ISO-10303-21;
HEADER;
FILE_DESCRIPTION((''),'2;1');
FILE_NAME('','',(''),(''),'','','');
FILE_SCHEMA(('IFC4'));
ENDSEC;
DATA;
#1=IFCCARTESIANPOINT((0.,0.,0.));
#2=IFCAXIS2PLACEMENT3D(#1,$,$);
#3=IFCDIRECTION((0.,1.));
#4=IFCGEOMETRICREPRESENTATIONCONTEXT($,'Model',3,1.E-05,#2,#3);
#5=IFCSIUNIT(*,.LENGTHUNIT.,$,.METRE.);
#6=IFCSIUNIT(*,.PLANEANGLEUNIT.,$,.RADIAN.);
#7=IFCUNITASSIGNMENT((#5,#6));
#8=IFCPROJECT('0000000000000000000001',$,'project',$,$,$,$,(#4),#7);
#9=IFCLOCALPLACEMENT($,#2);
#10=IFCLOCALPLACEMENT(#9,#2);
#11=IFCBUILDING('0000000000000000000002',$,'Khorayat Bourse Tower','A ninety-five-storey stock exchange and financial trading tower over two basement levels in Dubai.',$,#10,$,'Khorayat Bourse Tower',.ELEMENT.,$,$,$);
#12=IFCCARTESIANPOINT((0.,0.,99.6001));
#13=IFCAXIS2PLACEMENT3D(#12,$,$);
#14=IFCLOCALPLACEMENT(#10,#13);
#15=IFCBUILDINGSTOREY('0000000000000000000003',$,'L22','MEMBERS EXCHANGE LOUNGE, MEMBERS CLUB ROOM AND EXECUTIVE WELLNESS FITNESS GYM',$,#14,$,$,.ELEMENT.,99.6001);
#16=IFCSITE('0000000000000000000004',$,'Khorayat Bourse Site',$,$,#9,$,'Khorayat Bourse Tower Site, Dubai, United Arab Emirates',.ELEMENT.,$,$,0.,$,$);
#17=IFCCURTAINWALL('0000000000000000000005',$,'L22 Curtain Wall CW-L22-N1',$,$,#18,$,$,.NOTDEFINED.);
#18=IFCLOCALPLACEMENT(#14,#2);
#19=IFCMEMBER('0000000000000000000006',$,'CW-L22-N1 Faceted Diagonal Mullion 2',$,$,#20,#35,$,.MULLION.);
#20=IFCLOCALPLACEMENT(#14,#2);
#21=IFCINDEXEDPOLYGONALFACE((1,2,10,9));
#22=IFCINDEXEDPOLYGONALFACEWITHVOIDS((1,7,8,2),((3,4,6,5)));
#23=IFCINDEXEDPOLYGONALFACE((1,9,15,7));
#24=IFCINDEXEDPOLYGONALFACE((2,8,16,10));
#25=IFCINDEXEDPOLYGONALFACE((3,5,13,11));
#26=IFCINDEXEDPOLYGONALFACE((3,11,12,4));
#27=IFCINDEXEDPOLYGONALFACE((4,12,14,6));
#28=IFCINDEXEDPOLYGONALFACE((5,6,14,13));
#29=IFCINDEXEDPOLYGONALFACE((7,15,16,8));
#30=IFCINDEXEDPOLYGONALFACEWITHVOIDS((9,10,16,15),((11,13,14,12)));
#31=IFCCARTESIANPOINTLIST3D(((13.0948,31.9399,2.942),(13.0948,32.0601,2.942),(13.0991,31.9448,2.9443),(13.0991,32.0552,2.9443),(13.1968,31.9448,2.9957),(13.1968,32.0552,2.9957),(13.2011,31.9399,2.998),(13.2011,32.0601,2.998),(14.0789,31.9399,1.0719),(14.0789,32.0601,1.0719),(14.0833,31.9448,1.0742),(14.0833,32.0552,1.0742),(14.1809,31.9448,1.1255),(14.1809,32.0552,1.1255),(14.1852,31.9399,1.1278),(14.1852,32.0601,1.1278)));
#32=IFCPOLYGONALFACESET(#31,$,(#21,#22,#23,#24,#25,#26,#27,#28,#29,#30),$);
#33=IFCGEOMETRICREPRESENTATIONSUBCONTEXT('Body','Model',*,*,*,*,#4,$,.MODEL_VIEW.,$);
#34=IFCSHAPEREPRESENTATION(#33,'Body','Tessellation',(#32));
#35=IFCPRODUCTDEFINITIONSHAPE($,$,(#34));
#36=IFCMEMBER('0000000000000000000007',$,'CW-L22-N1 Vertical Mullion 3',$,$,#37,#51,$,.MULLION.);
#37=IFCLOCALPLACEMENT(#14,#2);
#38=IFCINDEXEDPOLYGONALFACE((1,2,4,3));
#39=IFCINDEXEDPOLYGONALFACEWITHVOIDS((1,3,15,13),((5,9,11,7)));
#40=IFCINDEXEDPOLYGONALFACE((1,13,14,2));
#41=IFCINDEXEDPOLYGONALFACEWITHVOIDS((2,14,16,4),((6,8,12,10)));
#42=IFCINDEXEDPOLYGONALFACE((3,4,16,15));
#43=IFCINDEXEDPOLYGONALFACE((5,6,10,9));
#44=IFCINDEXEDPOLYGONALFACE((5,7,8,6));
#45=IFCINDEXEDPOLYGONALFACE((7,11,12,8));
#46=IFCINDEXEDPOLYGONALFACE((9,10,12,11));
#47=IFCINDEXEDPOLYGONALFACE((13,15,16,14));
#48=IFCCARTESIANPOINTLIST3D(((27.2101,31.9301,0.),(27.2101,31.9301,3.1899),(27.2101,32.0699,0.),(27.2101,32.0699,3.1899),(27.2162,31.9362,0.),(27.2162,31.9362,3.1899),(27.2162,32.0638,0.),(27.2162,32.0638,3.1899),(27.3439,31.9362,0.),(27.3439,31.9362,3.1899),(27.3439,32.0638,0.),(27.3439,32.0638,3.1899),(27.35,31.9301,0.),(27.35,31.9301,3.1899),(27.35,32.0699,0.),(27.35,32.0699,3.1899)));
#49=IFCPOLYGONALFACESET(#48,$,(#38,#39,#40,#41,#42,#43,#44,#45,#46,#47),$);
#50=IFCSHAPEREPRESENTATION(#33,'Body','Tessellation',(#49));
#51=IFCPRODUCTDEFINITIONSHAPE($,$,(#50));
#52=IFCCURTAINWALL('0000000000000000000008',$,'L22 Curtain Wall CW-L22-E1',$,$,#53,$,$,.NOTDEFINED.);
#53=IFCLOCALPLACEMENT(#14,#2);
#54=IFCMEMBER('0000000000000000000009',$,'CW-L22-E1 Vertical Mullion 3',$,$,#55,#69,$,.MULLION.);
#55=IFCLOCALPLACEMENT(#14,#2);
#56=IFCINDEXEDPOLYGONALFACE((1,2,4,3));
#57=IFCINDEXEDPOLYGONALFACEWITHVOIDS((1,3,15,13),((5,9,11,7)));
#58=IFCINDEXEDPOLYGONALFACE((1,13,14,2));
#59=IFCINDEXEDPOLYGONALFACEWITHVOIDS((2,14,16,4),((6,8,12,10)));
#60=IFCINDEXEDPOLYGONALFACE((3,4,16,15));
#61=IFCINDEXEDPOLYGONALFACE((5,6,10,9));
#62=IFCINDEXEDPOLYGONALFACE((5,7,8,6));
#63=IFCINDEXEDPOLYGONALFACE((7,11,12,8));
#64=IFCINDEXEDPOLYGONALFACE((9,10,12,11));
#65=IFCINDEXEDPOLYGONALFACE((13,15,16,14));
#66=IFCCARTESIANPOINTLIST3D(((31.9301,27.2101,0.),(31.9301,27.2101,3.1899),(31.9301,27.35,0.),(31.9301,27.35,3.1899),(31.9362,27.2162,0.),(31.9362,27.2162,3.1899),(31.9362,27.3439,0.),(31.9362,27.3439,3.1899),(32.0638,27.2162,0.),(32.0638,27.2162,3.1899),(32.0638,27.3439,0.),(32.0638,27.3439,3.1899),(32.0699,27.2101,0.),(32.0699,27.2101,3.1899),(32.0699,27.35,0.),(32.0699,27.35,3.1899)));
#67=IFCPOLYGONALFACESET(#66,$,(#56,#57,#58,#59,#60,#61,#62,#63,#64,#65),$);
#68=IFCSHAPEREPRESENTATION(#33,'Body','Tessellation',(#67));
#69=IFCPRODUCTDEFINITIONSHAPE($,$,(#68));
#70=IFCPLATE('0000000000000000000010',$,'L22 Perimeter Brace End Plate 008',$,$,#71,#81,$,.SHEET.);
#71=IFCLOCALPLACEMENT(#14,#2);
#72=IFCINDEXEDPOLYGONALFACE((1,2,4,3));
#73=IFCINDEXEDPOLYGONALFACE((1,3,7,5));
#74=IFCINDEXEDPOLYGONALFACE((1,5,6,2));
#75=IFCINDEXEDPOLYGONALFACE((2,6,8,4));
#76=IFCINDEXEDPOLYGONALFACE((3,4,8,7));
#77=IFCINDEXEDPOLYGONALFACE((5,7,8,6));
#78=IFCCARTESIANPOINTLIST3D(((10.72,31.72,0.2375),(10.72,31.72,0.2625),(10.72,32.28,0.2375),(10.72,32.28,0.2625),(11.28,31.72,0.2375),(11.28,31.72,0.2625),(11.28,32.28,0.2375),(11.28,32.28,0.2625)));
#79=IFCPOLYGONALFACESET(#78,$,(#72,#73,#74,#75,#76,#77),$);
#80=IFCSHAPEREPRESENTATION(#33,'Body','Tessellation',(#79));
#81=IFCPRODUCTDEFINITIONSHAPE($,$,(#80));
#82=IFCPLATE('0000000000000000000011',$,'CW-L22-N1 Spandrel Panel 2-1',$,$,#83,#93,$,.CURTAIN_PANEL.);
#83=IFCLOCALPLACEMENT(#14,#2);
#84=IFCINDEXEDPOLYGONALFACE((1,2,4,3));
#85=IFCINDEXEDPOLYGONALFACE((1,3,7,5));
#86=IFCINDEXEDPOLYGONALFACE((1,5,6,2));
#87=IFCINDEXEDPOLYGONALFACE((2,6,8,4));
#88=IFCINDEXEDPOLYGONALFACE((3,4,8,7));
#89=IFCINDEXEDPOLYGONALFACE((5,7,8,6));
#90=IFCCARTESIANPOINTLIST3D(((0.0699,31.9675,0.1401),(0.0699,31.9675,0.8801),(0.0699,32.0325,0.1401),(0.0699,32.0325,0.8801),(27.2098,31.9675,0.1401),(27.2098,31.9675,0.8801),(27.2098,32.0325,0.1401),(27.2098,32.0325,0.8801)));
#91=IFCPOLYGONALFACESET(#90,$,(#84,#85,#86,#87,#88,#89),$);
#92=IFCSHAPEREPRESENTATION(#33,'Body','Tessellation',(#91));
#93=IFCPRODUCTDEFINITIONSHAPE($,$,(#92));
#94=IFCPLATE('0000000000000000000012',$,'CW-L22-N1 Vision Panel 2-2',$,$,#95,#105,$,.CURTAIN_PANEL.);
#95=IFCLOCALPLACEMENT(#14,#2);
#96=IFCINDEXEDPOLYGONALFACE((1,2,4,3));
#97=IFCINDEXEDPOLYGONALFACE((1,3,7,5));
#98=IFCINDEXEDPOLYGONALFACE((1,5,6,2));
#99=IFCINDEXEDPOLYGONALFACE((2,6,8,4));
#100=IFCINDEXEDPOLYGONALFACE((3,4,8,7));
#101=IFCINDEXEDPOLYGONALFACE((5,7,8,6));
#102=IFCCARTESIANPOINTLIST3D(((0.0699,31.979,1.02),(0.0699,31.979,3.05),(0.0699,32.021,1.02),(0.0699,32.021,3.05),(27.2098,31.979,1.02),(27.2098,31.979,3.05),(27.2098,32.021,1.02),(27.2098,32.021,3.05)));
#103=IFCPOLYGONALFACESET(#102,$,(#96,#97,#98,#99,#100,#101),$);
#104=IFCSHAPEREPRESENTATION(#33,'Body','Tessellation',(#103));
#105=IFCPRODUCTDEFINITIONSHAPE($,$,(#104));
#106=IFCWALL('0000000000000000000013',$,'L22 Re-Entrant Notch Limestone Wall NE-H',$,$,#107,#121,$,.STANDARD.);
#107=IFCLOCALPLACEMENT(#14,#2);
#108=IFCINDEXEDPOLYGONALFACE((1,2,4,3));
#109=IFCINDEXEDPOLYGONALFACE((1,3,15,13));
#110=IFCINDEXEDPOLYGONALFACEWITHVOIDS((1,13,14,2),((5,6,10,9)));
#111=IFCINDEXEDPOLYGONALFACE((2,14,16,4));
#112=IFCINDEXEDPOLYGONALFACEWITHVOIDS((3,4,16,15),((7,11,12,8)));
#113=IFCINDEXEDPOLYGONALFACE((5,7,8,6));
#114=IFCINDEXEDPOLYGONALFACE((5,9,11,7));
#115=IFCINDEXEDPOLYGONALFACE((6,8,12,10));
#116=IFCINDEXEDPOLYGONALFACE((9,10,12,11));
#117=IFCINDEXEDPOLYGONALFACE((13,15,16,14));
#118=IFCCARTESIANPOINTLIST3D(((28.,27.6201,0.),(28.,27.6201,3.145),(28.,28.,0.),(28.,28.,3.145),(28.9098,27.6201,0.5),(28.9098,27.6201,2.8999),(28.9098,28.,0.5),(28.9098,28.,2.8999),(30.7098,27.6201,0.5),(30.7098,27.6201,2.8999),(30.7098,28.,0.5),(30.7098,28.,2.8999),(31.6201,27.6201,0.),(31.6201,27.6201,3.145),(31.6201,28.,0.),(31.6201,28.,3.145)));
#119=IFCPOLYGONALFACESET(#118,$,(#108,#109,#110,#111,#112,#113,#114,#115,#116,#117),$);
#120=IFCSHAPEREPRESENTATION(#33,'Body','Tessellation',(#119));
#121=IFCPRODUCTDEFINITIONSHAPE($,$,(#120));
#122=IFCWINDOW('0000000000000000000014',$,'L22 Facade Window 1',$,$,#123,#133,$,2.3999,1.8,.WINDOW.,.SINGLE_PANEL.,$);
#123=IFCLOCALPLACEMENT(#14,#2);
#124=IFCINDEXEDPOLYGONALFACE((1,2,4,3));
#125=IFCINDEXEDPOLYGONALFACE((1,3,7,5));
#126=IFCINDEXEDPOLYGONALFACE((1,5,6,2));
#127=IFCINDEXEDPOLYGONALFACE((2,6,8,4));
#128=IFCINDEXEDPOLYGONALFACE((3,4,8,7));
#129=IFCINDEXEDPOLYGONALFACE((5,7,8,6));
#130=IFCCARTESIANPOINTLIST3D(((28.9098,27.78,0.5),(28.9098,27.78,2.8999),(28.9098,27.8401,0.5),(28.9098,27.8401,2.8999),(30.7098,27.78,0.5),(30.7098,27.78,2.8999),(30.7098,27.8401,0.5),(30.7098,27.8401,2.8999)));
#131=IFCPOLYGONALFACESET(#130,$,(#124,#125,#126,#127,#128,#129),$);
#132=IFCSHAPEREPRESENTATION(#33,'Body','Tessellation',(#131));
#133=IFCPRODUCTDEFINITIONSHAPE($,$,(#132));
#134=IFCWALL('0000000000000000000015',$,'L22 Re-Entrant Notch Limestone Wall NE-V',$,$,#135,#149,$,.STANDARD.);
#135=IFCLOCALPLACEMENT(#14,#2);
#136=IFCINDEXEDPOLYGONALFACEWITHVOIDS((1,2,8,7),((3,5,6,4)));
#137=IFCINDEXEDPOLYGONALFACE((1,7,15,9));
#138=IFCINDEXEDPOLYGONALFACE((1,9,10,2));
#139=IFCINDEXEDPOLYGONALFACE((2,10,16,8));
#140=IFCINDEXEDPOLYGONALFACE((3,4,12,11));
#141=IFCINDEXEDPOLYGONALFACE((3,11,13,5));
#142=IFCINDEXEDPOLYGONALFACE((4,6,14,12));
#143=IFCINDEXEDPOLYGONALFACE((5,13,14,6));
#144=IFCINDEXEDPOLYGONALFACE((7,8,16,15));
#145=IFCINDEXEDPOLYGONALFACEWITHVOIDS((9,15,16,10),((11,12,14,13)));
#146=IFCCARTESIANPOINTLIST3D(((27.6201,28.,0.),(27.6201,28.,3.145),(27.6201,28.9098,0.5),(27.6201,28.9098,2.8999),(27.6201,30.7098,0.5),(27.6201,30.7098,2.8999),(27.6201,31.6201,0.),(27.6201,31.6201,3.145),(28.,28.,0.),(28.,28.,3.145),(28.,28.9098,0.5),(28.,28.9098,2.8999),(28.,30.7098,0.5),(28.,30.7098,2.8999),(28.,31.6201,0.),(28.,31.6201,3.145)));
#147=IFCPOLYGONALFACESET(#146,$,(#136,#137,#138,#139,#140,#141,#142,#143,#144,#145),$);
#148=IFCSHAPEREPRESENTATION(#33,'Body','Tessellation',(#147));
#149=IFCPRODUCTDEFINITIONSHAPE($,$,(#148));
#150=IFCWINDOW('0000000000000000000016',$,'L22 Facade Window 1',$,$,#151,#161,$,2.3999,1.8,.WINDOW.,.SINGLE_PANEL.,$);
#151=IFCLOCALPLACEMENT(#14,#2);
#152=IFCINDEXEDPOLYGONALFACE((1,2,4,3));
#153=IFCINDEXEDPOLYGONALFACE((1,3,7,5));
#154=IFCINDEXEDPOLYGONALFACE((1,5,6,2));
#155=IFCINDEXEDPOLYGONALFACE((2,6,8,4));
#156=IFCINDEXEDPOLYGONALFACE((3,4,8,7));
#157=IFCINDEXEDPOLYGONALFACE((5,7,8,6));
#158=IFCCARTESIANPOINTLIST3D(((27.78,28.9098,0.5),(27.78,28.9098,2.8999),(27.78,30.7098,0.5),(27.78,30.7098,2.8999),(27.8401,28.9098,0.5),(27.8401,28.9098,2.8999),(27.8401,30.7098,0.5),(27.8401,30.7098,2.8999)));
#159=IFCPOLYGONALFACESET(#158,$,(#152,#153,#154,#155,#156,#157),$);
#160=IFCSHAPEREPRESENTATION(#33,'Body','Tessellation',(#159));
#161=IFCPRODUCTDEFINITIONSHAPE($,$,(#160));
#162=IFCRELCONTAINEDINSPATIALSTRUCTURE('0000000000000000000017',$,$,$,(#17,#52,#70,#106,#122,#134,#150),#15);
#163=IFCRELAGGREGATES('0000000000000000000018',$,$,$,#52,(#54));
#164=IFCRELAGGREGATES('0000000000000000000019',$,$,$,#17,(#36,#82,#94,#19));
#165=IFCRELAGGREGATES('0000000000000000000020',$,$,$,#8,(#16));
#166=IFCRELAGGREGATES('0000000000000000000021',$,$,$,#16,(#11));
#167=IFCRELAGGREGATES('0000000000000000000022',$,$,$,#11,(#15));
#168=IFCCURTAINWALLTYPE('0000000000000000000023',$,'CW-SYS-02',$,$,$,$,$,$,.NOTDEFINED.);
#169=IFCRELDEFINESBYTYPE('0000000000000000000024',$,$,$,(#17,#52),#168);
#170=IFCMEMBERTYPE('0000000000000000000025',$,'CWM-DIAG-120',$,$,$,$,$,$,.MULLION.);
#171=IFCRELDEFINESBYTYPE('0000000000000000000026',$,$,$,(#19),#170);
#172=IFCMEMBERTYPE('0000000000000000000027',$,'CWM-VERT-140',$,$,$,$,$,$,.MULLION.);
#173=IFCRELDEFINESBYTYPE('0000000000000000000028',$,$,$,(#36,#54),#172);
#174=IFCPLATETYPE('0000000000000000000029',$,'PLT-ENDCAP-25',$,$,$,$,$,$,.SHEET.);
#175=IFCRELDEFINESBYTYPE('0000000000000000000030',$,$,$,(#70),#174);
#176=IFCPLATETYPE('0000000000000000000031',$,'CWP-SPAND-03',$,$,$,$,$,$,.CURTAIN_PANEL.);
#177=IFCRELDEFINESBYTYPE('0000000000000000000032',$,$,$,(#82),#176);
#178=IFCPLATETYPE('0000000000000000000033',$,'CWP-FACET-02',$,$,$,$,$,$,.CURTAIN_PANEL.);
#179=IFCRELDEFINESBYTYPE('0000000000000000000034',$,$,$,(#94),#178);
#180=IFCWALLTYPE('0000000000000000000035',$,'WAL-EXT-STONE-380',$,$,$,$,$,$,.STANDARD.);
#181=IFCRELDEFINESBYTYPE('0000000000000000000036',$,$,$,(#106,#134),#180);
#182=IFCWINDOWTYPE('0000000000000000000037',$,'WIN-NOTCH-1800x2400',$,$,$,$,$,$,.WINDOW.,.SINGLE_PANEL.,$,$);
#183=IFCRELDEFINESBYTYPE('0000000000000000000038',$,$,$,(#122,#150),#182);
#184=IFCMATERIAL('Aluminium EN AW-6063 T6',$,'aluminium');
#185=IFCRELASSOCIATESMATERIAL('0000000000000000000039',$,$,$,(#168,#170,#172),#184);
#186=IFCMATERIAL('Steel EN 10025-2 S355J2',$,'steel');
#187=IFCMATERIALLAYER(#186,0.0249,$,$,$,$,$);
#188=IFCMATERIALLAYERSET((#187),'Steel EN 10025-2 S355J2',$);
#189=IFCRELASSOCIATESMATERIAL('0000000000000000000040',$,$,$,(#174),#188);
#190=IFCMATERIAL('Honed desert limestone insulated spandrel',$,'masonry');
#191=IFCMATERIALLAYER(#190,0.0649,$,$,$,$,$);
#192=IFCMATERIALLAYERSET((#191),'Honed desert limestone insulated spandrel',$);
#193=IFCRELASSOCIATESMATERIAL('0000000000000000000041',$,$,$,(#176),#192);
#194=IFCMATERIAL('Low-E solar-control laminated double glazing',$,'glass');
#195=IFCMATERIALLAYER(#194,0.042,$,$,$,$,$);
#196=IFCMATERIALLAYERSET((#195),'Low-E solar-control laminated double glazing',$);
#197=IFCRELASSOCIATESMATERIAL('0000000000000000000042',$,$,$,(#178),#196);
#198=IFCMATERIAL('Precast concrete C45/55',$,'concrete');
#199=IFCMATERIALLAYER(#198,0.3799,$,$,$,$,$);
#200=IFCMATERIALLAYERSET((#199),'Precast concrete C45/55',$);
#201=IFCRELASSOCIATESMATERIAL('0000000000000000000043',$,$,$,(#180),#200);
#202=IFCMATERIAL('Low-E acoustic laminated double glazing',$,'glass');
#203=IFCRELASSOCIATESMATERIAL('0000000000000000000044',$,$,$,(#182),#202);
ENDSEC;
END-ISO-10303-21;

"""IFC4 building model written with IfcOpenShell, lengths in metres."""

from ifc_helpers import new_model, si_unit, direction, frame, frame_2d, origin, origin_2d, place, context, subcontext, project, spatial, rectangle, hollow_rectangle, extrude, source, transform, mapped, material, layer, layer_set, material_profile, profile_set, type_object, element, fill, aggregate, save


model = new_model("IFC4")

# Units and contexts
model_context = context("Model", 3, precision=1e-05, world=origin(), true_north=direction((0.0, 1.0)))
body_context = subcontext(model_context, "Body", "Model", "MODEL_VIEW")
ifc_project = project(units=[si_unit("LENGTHUNIT", "METRE"), si_unit("PLANEANGLEUNIT", "RADIAN")], contexts=[model_context])

# Site, building, storey
site_placement = place(None, origin())
site = spatial("IfcSite", under=ifc_project, at=site_placement, Name="Khorayat Bourse Site", LongName="Khorayat Bourse Tower Site, Dubai, United Arab Emirates", CompositionType="ELEMENT", RefElevation=0.0)
building_placement = place(site_placement, origin())
building = spatial("IfcBuilding", under=site, at=building_placement, Name="Khorayat Bourse Tower", Description="A ninety-five-storey stock exchange and financial trading tower over two basement levels in Dubai.", LongName="Khorayat Bourse Tower", CompositionType="ELEMENT")
storey_placement = place(building_placement, frame((0.0, 0.0, 99.6001)))
storey = spatial("IfcBuildingStorey", under=building, at=storey_placement, Name="L22", Description="MEMBERS EXCHANGE LOUNGE, MEMBERS CLUB ROOM AND EXECUTIVE WELLNESS FITNESS GYM", CompositionType="ELEMENT", Elevation=99.6001)

# Curtain wall, members
ifc_material_1 = material(Name="Aluminium EN AW-6063 T6", Category="aluminium")
curtain_wall_type = type_object("IfcCurtainWallType", Name="CW-SYS-02", PredefinedType="NOTDEFINED", material=ifc_material_1)
curtain_wall_1_placement = place(storey_placement, origin())
curtain_wall_1 = element("IfcCurtainWall", 1, at=curtain_wall_1_placement, inside=storey, type_object=curtain_wall_type, Name="L22 Curtain Wall CW-L22-N1", PredefinedType="NOTDEFINED")
ifc_material_profile_1 = material_profile(ifc_material_1, hollow_rectangle(XDim=0.1201, YDim=0.1201, WallThickness=0.0049, at=origin_2d()), Name="ALU 120x120x5")
ifc_profile_set_1 = profile_set([ifc_material_profile_1], Name="Aluminium EN AW-6063 T6")
member_type_1 = type_object("IfcMemberType", Name="CWM-DIAG-120", PredefinedType="MULLION", material=ifc_profile_set_1)
shared_shape_1 = source(origin(), body_context, "Body", "SweptSolid", [
    extrude(hollow_rectangle(XDim=0.1201, YDim=0.1201, WallThickness=0.0049, at=origin_2d()), origin(), (0.0, 0.0, 1.0), 2.1133),
])
member_1_placement = place(storey_placement, frame((14.1321, 32.0, 1.0999), z_axis=(-0.465694, 0.0, 0.884946), x_axis=(0.0, -1.0, 0.0)))
member_1 = element("IfcMember", 2, at=member_1_placement, type_object=member_type_1, Name="CW-L22-N1 Faceted Diagonal Mullion 2", PredefinedType="MULLION", context=body_context, shape_type="MappedRepresentation", body=[
    mapped(shared_shape_1, transform((0.0, 0.0, 0.0), scale=1.0)),
])
ifc_material_profile_2 = material_profile(ifc_material_1, hollow_rectangle(XDim=0.1399, YDim=0.1399, WallThickness=0.0061, at=origin_2d()), Name="ALU 140x140x6")
ifc_profile_set_2 = profile_set([ifc_material_profile_2], Name="Aluminium EN AW-6063 T6")
member_type_2 = type_object("IfcMemberType", Name="CWM-VERT-140", PredefinedType="MULLION", material=ifc_profile_set_2)
shared_shape_2 = source(origin(), body_context, "Body", "SweptSolid", [
    extrude(hollow_rectangle(XDim=0.1399, YDim=0.1399, WallThickness=0.0061, at=origin_2d()), origin(), (0.0, 0.0, 1.0), 3.1899),
])
member_2_placement = place(storey_placement, frame((27.28, 32.0, 0.0), z_axis=(0.0, 0.0, 1.0), x_axis=(0.0, 1.0, 0.0)))
member_2 = element("IfcMember", 3, at=member_2_placement, type_object=member_type_2, Name="CW-L22-N1 Vertical Mullion 3", PredefinedType="MULLION", context=body_context, shape_type="MappedRepresentation", body=[
    mapped(shared_shape_2, transform((0.0, 0.0, 0.0), scale=1.0)),
])

# Curtain wall, member
curtain_wall_2_placement = place(storey_placement, origin())
curtain_wall_2 = element("IfcCurtainWall", 4, at=curtain_wall_2_placement, inside=storey, type_object=curtain_wall_type, Name="L22 Curtain Wall CW-L22-E1", PredefinedType="NOTDEFINED")
member_3_placement = place(storey_placement, frame((32.0, 27.28, 0.0), z_axis=(0.0, 0.0, 1.0), x_axis=(-1.0, 0.0, 0.0)))
member_3 = element("IfcMember", 5, at=member_3_placement, type_object=member_type_2, Name="CW-L22-E1 Vertical Mullion 3", PredefinedType="MULLION", context=body_context, shape_type="MappedRepresentation", body=[
    mapped(shared_shape_2, transform((0.0, 0.0, 0.0), scale=1.0)),
])
aggregate(curtain_wall_2, [member_3])

# Plates
ifc_material_2 = material(Name="Steel EN 10025-2 S355J2", Category="steel")
ifc_layer_1 = layer(ifc_material_2, 0.0249)
ifc_layer_set_1 = layer_set([ifc_layer_1], Name="Steel EN 10025-2 S355J2")
plate_type_1 = type_object("IfcPlateType", Name="PLT-ENDCAP-25", PredefinedType="SHEET", material=ifc_layer_set_1)
shared_shape_3 = source(origin(), body_context, "Body", "SweptSolid", [
    extrude(rectangle(XDim=0.5601, YDim=0.5601, at=origin_2d()), origin(), (0.0, 0.0, 1.0), 0.0249),
])
plate_1_placement = place(storey_placement, frame((11.0, 32.0, 0.2375), z_axis=(0.0, 0.0, 1.0), x_axis=(1.0, 0.0, 0.0)))
element("IfcPlate", 6, at=plate_1_placement, inside=storey, type_object=plate_type_1, Name="L22 Perimeter Brace End Plate 008", PredefinedType="SHEET", context=body_context, shape_type="MappedRepresentation", body=[
    mapped(shared_shape_3, transform((0.0, 0.0, 0.0), scale=1.0)),
])
ifc_material_3 = material(Name="Honed desert limestone insulated spandrel", Category="masonry")
ifc_layer_2 = layer(ifc_material_3, 0.0649)
ifc_layer_set_2 = layer_set([ifc_layer_2], Name="Honed desert limestone insulated spandrel")
plate_type_2 = type_object("IfcPlateType", Name="CWP-SPAND-03", PredefinedType="CURTAIN_PANEL", material=ifc_layer_set_2)
shared_shape_4 = source(origin(), body_context, "Body", "SweptSolid", [
    extrude(rectangle(XDim=27.1399, YDim=0.0649, at=origin_2d()), origin(), (0.0, 0.0, 1.0), 0.74),
])
plate_2_placement = place(storey_placement, frame((13.6399, 32.0, 0.1401), z_axis=(0.0, 0.0, 1.0), x_axis=(1.0, 0.0, 0.0)))
plate_2 = element("IfcPlate", 7, at=plate_2_placement, type_object=plate_type_2, Name="CW-L22-N1 Spandrel Panel 2-1", PredefinedType="CURTAIN_PANEL", context=body_context, shape_type="MappedRepresentation", body=[
    mapped(shared_shape_4, transform((0.0, 0.0, 0.0), scale=1.0)),
])
ifc_material_4 = material(Name="Low-E solar-control laminated double glazing", Category="glass")
ifc_layer_3 = layer(ifc_material_4, 0.042)
ifc_layer_set_3 = layer_set([ifc_layer_3], Name="Low-E solar-control laminated double glazing")
plate_type_3 = type_object("IfcPlateType", Name="CWP-FACET-02", PredefinedType="CURTAIN_PANEL", material=ifc_layer_set_3)
shared_shape_5 = source(origin(), body_context, "Body", "SweptSolid", [
    extrude(rectangle(XDim=27.1399, YDim=0.042, at=origin_2d()), origin(), (0.0, 0.0, 1.0), 2.03),
])
plate_3_placement = place(storey_placement, frame((13.6399, 32.0, 1.02), z_axis=(0.0, 0.0, 1.0), x_axis=(1.0, 0.0, 0.0)))
plate_3 = element("IfcPlate", 8, at=plate_3_placement, type_object=plate_type_3, Name="CW-L22-N1 Vision Panel 2-2", PredefinedType="CURTAIN_PANEL", context=body_context, shape_type="MappedRepresentation", body=[
    mapped(shared_shape_5, transform((0.0, 0.0, 0.0), scale=1.0)),
])
aggregate(curtain_wall_1, [member_2, plate_2, plate_3, member_1])

# Walls, openings, windows
ifc_material_5 = material(Name="Precast concrete C45/55", Category="concrete")
ifc_layer_4 = layer(ifc_material_5, 0.3799)
ifc_layer_set_4 = layer_set([ifc_layer_4], Name="Precast concrete C45/55")
wall_type_1 = type_object("IfcWallType", Name="WAL-EXT-STONE-380", PredefinedType="STANDARD", material=ifc_layer_set_4)
shared_shape_6 = source(origin(), body_context, "Body", "SweptSolid", [
    extrude(rectangle(XDim=3.6201, YDim=0.3799, at=frame_2d((1.8101, 0.0))), origin(), (0.0, 0.0, 1.0), 3.145),
])
wall_1_placement = place(storey_placement, frame((28.0, 27.8101, 0.0), z_axis=(0.0, 0.0, 1.0), x_axis=(1.0, 0.0, 0.0)))
wall_1 = element("IfcWall", 9, at=wall_1_placement, inside=storey, type_object=wall_type_1, Name="L22 Re-Entrant Notch Limestone Wall NE-H", PredefinedType="STANDARD", context=body_context, shape_type="MappedRepresentation", body=[
    mapped(shared_shape_6, transform((0.0, 0.0, 0.0), scale=1.0)),
])
shared_shape_7 = source(origin(), body_context, "Body", "SweptSolid", [
    extrude(rectangle(XDim=1.8, YDim=2.3999, at=frame_2d((0.8999, 1.2))), frame((0.0, 0.2, 0.0), z_axis=(0.0, -1.0, 0.0), x_axis=(1.0, 0.0, 0.0)), (0.0, 0.0, 1.0), 0.3999),
])
opening_1_placement = place(wall_1_placement, frame((0.9099, 0.0, 0.5)))
opening_1 = element("IfcOpeningElement", 10, at=opening_1_placement, cuts=wall_1, PredefinedType="OPENING", context=body_context, shape_type="MappedRepresentation", body=[
    mapped(shared_shape_7, transform((0.0, 0.0, 0.0), scale=1.0)),
])
ifc_material_6 = material(Name="Low-E acoustic laminated double glazing", Category="glass")
window_type = type_object("IfcWindowType", Name="WIN-NOTCH-1800x2400", PartitioningType="SINGLE_PANEL", PredefinedType="WINDOW", material=ifc_material_6)
shared_shape_8 = source(origin(), body_context, "Body", "SweptSolid", [
    extrude(rectangle(XDim=1.8, YDim=2.3999, at=frame_2d((0.8999, 1.2))), frame((0.0, 0.03, 0.0), z_axis=(0.0, -1.0, 0.0), x_axis=(1.0, 0.0, 0.0)), (0.0, 0.0, 1.0), 0.0601),
])
window_1_placement = place(opening_1_placement, origin())
window_1 = element("IfcWindow", 11, at=window_1_placement, inside=storey, type_object=window_type, Name="L22 Facade Window 1", OverallHeight=2.3999, OverallWidth=1.8, PartitioningType="SINGLE_PANEL", PredefinedType="WINDOW", context=body_context, shape_type="MappedRepresentation", body=[
    mapped(shared_shape_8, transform((0.0, 0.0, 0.0), scale=1.0)),
])
fill(opening_1, window_1)
wall_2_placement = place(storey_placement, frame((27.8101, 28.0, 0.0), z_axis=(0.0, 0.0, 1.0), x_axis=(0.0, 1.0, 0.0)))
wall_2 = element("IfcWall", 12, at=wall_2_placement, inside=storey, type_object=wall_type_1, Name="L22 Re-Entrant Notch Limestone Wall NE-V", PredefinedType="STANDARD", context=body_context, shape_type="MappedRepresentation", body=[
    mapped(shared_shape_6, transform((0.0, 0.0, 0.0), scale=1.0)),
])
opening_2_placement = place(wall_2_placement, frame((0.9099, 0.0, 0.5)))
opening_2 = element("IfcOpeningElement", 13, at=opening_2_placement, cuts=wall_2, PredefinedType="OPENING", context=body_context, shape_type="MappedRepresentation", body=[
    mapped(shared_shape_7, transform((0.0, 0.0, 0.0), scale=1.0)),
])
window_2_placement = place(opening_2_placement, origin())
window_2 = element("IfcWindow", 14, at=window_2_placement, inside=storey, type_object=window_type, Name="L22 Facade Window 1", OverallHeight=2.3999, OverallWidth=1.8, PartitioningType="SINGLE_PANEL", PredefinedType="WINDOW", context=body_context, shape_type="MappedRepresentation", body=[
    mapped(shared_shape_8, transform((0.0, 0.0, 0.0), scale=1.0)),
])
fill(opening_2, window_2)

save(model, "model.ifc")
